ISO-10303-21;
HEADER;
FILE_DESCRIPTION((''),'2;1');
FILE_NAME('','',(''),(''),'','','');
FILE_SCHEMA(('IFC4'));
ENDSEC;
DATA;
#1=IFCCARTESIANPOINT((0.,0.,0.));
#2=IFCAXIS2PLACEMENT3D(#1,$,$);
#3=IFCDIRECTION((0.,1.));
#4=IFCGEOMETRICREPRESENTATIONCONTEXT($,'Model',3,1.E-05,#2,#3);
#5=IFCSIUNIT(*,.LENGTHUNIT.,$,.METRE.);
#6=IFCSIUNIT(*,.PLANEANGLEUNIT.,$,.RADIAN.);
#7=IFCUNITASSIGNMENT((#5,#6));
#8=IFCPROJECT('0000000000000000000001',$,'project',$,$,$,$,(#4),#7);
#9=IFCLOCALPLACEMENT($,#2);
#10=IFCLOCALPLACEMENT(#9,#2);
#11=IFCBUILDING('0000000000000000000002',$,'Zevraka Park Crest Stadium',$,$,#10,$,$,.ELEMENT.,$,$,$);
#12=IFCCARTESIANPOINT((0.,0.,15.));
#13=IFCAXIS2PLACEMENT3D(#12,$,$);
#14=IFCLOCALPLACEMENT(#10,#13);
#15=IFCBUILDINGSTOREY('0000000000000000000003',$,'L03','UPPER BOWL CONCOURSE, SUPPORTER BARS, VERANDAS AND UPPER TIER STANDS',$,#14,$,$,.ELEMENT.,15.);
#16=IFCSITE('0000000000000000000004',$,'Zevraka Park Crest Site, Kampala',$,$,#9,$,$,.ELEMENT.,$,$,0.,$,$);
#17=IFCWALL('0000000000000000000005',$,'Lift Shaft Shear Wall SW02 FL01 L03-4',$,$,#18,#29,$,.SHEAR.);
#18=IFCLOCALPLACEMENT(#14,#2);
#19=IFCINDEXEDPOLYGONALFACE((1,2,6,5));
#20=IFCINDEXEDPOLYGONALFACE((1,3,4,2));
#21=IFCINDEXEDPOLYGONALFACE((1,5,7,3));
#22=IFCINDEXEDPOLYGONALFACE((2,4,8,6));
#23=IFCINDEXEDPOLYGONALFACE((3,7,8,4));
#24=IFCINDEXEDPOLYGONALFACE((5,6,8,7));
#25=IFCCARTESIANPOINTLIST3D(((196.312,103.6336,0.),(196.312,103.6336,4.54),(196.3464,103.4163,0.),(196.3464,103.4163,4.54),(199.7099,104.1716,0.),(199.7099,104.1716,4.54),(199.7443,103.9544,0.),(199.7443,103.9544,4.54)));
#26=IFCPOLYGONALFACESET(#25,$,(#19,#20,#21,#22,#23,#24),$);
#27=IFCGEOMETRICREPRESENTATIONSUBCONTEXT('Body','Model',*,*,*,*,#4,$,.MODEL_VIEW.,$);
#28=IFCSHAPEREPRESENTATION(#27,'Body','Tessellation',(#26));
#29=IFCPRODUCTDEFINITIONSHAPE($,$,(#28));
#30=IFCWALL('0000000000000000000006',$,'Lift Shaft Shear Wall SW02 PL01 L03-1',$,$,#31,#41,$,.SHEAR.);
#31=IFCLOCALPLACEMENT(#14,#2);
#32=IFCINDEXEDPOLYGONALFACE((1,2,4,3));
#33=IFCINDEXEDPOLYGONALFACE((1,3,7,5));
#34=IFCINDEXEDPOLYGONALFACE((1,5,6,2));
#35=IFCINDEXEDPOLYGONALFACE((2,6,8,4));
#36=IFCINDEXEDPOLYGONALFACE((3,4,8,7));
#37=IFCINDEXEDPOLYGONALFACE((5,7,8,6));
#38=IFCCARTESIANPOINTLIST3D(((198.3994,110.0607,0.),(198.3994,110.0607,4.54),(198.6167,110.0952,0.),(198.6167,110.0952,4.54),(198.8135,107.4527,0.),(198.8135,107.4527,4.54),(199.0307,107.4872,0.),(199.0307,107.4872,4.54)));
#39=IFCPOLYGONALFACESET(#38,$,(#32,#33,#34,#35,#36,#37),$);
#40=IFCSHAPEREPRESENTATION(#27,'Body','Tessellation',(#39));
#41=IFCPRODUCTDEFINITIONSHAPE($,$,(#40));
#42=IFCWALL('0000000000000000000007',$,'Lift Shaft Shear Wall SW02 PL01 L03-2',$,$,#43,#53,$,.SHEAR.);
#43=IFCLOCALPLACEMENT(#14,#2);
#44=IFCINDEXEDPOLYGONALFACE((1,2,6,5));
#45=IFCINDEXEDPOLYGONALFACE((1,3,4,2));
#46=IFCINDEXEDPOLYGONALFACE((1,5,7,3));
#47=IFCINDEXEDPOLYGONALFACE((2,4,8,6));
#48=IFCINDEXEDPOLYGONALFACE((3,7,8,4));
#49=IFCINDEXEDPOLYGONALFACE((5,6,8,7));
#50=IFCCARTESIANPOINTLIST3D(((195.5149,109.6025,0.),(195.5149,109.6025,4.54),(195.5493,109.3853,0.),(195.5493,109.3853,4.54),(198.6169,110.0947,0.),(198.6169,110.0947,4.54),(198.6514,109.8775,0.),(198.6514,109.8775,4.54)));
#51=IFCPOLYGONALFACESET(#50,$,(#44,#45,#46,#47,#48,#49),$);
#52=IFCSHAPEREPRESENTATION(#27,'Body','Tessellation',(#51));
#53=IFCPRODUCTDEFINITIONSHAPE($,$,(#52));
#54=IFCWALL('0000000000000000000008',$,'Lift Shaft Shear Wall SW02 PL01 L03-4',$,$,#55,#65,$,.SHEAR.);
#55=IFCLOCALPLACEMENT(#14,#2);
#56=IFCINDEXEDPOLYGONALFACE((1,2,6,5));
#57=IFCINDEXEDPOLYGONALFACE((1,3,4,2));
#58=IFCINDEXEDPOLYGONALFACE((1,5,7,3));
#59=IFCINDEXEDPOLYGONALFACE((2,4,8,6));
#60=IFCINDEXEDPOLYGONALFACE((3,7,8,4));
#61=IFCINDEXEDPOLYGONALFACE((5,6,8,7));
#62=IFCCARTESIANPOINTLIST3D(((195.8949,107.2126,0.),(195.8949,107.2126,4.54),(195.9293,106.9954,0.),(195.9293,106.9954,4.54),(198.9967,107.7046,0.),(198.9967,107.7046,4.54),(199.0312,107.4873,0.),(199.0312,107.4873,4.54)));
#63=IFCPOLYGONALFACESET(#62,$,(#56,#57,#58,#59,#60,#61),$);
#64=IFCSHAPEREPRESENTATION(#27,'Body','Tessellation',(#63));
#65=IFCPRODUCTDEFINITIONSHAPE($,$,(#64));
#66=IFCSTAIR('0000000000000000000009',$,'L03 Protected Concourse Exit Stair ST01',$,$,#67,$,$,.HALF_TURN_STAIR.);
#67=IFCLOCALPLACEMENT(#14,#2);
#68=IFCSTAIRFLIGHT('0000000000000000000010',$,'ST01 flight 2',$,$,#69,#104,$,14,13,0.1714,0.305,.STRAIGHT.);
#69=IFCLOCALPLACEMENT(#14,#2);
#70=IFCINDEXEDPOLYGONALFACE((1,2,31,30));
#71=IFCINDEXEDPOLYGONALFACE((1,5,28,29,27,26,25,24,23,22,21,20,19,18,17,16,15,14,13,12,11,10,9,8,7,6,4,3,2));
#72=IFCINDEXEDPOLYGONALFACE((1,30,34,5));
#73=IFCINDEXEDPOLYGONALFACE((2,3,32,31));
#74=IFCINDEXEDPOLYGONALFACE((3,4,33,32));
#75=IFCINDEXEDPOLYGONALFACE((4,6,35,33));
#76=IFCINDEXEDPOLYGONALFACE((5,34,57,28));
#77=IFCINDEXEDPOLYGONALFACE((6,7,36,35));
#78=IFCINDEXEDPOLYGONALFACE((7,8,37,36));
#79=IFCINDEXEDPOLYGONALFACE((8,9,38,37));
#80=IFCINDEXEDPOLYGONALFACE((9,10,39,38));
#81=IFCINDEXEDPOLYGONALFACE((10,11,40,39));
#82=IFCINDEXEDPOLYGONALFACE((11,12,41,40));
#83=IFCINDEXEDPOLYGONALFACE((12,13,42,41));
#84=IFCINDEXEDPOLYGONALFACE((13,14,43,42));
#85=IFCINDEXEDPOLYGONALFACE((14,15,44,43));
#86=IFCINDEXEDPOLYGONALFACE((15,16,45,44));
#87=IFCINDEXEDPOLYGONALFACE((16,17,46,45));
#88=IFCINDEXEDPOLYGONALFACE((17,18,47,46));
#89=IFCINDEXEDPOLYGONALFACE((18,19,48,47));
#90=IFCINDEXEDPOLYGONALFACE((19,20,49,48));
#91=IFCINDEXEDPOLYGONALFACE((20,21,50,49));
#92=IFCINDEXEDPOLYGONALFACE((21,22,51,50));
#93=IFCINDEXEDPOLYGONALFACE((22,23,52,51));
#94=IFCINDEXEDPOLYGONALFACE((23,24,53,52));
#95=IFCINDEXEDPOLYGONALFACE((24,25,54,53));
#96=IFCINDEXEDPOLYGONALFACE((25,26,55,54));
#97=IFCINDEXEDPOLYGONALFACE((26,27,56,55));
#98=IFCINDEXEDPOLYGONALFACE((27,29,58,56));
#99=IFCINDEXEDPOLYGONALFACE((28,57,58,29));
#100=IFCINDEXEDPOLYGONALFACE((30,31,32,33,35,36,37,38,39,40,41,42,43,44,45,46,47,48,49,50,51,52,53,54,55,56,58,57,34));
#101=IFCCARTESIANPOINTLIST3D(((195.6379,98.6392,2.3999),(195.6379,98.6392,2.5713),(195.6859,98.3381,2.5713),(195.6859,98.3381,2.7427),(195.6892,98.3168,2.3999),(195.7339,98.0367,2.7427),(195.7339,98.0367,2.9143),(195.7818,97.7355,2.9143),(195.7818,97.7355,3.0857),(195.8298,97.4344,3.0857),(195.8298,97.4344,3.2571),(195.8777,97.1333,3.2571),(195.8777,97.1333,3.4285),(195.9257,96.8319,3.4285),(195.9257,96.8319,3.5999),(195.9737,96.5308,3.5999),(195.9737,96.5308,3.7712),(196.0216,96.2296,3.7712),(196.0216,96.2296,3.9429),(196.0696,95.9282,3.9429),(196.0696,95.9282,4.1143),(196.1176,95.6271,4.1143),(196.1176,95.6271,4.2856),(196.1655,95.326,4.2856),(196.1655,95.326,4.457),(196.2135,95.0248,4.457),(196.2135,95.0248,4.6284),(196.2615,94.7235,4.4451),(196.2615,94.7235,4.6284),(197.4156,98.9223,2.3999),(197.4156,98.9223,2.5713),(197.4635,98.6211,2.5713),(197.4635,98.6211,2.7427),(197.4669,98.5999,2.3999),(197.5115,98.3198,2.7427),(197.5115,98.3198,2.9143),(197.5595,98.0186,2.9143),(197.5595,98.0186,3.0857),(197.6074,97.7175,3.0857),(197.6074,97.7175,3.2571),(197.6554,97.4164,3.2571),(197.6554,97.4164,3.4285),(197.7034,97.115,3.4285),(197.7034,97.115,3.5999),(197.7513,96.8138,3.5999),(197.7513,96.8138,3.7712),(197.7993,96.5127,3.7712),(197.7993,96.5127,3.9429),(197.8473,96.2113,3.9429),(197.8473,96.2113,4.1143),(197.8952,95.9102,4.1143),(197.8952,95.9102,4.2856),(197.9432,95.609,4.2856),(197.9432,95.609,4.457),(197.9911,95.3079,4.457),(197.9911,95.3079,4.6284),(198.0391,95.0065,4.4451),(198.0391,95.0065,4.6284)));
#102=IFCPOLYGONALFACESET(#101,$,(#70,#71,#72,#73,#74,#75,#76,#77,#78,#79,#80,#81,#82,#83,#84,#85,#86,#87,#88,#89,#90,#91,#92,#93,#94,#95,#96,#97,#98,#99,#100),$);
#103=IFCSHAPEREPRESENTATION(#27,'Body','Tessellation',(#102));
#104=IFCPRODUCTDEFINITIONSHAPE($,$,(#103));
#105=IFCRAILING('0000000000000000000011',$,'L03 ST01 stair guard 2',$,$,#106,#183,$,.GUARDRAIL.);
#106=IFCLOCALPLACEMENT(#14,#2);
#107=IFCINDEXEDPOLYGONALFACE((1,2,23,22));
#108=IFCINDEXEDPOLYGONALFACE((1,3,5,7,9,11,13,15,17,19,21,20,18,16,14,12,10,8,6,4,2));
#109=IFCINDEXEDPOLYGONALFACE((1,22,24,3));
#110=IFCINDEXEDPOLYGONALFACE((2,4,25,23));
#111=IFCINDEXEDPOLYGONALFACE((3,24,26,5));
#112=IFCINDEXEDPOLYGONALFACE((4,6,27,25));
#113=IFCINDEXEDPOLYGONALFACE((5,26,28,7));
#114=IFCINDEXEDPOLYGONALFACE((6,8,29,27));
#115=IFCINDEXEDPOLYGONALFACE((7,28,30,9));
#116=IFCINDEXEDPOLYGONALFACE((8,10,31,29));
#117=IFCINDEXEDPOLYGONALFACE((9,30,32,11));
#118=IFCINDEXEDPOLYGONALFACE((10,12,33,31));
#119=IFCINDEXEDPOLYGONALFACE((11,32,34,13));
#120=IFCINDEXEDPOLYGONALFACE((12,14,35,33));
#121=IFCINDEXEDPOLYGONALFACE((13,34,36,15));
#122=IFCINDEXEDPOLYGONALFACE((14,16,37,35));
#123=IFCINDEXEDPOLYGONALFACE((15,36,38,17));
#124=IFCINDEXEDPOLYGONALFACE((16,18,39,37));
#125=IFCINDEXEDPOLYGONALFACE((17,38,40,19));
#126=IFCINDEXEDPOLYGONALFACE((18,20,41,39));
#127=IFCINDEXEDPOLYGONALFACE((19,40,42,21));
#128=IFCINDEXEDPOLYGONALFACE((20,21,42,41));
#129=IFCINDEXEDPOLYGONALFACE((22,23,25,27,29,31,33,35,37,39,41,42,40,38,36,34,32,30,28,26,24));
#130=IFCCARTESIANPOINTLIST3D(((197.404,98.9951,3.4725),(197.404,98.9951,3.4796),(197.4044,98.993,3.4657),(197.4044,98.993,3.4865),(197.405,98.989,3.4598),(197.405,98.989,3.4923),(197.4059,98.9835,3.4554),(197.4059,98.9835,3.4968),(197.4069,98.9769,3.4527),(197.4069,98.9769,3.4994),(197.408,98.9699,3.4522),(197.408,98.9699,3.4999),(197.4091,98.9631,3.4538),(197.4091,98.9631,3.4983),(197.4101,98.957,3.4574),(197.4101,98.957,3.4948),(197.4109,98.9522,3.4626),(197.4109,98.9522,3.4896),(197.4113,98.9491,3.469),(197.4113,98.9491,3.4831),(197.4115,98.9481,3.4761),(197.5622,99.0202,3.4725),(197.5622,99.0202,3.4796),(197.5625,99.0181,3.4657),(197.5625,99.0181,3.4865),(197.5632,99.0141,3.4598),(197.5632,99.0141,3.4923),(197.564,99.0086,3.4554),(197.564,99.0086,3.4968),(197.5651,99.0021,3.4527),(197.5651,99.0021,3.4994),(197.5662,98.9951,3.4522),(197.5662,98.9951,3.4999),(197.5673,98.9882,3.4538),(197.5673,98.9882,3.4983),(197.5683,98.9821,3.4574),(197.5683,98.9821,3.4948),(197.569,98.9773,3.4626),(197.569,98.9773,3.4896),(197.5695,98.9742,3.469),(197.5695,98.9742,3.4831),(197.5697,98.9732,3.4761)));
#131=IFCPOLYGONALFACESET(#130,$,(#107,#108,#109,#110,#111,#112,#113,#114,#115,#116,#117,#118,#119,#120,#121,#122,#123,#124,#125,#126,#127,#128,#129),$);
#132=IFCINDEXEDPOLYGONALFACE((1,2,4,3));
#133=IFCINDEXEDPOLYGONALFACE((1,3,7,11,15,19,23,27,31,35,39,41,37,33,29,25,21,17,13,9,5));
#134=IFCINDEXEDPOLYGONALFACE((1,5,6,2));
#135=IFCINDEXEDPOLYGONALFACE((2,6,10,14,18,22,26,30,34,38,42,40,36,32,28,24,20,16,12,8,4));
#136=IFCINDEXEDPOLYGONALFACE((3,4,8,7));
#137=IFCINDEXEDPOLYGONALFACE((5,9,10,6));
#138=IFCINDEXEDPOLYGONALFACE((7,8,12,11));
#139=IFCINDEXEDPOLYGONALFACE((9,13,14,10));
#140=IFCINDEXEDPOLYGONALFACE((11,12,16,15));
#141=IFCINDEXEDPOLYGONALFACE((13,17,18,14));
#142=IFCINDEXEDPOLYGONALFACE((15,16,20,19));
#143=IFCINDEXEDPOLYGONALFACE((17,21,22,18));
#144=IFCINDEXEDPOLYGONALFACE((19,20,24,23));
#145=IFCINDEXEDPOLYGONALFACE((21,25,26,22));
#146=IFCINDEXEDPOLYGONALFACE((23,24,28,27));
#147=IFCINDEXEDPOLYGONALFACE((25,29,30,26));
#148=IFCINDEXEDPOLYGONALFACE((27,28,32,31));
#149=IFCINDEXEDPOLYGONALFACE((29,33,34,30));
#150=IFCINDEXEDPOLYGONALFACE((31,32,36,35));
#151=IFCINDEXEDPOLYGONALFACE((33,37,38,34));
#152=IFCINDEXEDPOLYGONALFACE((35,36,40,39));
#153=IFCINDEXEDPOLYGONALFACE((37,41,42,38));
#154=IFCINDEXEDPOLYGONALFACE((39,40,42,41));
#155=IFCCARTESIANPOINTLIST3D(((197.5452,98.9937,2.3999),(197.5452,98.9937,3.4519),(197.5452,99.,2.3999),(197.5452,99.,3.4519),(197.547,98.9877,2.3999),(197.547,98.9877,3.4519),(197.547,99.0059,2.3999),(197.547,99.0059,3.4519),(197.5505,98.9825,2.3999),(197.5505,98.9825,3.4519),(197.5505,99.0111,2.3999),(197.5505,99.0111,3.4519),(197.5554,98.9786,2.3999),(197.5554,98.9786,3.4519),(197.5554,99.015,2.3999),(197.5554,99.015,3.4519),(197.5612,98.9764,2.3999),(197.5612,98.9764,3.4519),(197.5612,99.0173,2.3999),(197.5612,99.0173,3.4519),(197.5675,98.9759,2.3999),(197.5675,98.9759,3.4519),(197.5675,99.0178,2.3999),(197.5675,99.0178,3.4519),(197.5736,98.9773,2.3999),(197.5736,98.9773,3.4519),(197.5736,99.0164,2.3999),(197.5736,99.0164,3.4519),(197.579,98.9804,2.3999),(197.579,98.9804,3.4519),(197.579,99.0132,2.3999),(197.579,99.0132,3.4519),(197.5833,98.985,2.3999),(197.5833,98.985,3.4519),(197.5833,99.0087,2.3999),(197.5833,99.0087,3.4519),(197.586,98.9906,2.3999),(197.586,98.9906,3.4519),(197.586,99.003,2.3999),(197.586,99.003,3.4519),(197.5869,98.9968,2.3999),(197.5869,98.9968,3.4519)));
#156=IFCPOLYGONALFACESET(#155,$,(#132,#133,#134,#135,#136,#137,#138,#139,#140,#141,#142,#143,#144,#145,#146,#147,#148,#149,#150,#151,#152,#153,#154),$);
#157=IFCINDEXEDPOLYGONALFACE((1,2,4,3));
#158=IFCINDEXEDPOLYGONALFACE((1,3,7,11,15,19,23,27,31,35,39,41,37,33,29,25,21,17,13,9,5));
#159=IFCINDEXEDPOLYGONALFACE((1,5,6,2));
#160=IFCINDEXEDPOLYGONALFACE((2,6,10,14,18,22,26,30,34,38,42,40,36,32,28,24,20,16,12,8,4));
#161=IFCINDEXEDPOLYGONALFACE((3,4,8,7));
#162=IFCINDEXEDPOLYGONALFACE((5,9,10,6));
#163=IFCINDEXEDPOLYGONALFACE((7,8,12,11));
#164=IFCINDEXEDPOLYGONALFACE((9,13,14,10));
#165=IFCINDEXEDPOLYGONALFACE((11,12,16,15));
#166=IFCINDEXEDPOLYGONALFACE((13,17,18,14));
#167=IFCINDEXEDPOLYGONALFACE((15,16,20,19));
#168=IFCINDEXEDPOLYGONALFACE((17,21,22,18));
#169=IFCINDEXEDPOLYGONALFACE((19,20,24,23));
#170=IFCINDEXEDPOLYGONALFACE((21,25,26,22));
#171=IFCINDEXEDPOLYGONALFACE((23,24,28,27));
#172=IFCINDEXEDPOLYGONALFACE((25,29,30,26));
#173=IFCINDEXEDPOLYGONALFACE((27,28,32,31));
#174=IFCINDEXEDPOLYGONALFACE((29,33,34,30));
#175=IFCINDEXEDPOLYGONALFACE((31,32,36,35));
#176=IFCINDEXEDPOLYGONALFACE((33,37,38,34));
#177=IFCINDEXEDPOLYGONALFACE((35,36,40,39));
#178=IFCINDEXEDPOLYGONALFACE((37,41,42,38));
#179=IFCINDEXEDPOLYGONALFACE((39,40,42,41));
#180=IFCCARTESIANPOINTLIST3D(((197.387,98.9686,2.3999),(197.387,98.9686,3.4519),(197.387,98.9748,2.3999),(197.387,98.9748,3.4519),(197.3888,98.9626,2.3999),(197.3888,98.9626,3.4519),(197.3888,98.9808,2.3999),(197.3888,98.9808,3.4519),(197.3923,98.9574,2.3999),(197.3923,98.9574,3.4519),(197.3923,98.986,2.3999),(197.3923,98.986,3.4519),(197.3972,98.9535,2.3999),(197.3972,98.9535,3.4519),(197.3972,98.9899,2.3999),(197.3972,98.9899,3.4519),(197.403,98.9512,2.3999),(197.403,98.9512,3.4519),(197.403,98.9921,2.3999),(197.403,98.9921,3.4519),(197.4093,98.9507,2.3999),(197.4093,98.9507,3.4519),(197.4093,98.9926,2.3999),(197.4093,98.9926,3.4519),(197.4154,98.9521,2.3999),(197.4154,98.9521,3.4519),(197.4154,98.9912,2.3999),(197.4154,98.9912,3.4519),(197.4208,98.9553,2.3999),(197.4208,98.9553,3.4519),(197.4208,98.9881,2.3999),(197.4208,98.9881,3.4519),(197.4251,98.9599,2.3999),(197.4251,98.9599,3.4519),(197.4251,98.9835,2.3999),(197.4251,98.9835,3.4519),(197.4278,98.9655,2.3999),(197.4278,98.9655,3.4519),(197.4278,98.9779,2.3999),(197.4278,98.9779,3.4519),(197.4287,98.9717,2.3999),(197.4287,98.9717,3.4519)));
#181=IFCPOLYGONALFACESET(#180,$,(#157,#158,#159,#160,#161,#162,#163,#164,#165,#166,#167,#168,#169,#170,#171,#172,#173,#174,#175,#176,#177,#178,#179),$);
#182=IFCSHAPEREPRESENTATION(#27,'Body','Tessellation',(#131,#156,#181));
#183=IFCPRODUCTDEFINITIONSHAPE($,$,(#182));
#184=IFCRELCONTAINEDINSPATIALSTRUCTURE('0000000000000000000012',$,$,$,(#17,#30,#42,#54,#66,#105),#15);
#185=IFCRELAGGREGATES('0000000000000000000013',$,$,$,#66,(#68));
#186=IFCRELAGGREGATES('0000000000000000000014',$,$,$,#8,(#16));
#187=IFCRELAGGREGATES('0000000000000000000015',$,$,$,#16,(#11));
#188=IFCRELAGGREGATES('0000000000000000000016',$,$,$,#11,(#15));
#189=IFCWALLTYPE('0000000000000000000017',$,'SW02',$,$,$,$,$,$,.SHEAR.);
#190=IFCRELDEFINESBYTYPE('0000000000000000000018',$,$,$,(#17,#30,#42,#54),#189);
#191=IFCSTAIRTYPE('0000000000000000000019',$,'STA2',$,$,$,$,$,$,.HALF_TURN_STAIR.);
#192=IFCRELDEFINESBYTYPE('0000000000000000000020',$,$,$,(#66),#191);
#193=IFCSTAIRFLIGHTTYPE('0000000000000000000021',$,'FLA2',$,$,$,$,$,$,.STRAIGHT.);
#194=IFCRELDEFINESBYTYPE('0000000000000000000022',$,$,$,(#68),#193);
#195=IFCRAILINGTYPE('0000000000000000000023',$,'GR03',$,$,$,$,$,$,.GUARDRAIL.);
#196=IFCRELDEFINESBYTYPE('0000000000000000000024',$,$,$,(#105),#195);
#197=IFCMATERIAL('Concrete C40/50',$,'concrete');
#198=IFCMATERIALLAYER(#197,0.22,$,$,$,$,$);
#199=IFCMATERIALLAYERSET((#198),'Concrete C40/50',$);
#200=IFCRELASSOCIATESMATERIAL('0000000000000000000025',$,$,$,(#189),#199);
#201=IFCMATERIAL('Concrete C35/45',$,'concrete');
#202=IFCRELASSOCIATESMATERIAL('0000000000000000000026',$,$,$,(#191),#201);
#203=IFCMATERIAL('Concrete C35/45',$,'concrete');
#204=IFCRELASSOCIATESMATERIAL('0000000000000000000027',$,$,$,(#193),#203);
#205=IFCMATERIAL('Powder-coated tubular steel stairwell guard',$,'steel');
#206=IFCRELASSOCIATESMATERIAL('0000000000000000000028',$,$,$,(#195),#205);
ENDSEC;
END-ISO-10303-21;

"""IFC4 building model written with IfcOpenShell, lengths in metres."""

from ifc_helpers import new_model, si_unit, direction, frame, frame_2d, origin, origin_2d, place, context, subcontext, project, spatial, polyline, rectangle, circle, outline, extrude, material, layer, layer_set, type_object, element, aggregate, save


model = new_model("IFC4")

# Units and contexts
model_context = context("Model", 3, precision=1e-05, world=origin(), true_north=direction((0.0, 1.0)))
body_context = subcontext(model_context, "Body", "Model", "MODEL_VIEW")
ifc_project = project(units=[si_unit("LENGTHUNIT", "METRE"), si_unit("PLANEANGLEUNIT", "RADIAN")], contexts=[model_context])

# Site, building, storey
site_placement = place(None, origin())
site = spatial("IfcSite", under=ifc_project, at=site_placement, Name="Zevraka Park Crest Site, Kampala", CompositionType="ELEMENT", RefElevation=0.0)
building_placement = place(site_placement, origin())
building = spatial("IfcBuilding", under=site, at=building_placement, Name="Zevraka Park Crest Stadium", CompositionType="ELEMENT")
storey_placement = place(building_placement, frame((0.0, 0.0, 15.0)))
storey = spatial("IfcBuildingStorey", under=building, at=storey_placement, Name="L03", Description="UPPER BOWL CONCOURSE, SUPPORTER BARS, VERANDAS AND UPPER TIER STANDS", CompositionType="ELEMENT", Elevation=15.0)

# Shared definitions
ifc_material_1 = material(Name="Concrete C40/50", Category="concrete")
ifc_layer_1 = layer(ifc_material_1, 0.22)
ifc_layer_set_1 = layer_set([ifc_layer_1], Name="Concrete C40/50")
wall_type_1 = type_object("IfcWallType", Name="SW02", PredefinedType="SHEAR", material=ifc_layer_set_1)

# Walls
wall_1_placement = place(storey_placement, frame((196.3291, 103.5249, 0.0), z_axis=(0.0, 0.0, 1.0), x_axis=(0.987693, 0.156407, 0.0)))
element("IfcWall", 1, at=wall_1_placement, inside=storey, type_object=wall_type_1, Name="Lift Shaft Shear Wall SW02 FL01 L03-4", PredefinedType="SHEAR", context=body_context, shape_type="SweptSolid", body=[
    extrude(rectangle(XDim=3.4402, YDim=0.22, at=frame_2d((1.7202, 0.0))), origin(), (0.0, 0.0, 1.0), 4.54),
])
wall_2_placement = place(storey_placement, frame((198.9221, 107.47, 0.0), z_axis=(0.0, 0.0, 1.0), x_axis=(-0.156808, 0.987629, 0.0)))
element("IfcWall", 2, at=wall_2_placement, inside=storey, type_object=wall_type_1, Name="Lift Shaft Shear Wall SW02 PL01 L03-1", PredefinedType="SHEAR", context=body_context, shape_type="SweptSolid", body=[
    extrude(rectangle(XDim=2.6406, YDim=0.22, at=frame_2d((1.3203, 0.0))), origin(), (0.0, 0.0, 1.0), 4.54),
])
wall_3_placement = place(storey_placement, frame((198.634, 109.9861, 0.0), z_axis=(0.0, 0.0, 1.0), x_axis=(-0.987645, -0.156705, 0.0)))
element("IfcWall", 3, at=wall_3_placement, inside=storey, type_object=wall_type_1, Name="Lift Shaft Shear Wall SW02 PL01 L03-2", PredefinedType="SHEAR", context=body_context, shape_type="SweptSolid", body=[
    extrude(rectangle(XDim=3.1409, YDim=0.22, at=frame_2d((1.5703, 0.0))), origin(), (0.0, 0.0, 1.0), 4.54),
])
wall_4_placement = place(storey_placement, frame((195.9121, 107.104, 0.0), z_axis=(0.0, 0.0, 1.0), x_axis=(0.987656, 0.156641, 0.0)))
element("IfcWall", 4, at=wall_4_placement, inside=storey, type_object=wall_type_1, Name="Lift Shaft Shear Wall SW02 PL01 L03-4", PredefinedType="SHEAR", context=body_context, shape_type="SweptSolid", body=[
    extrude(rectangle(XDim=3.1406, YDim=0.22, at=frame_2d((1.5703, 0.0))), origin(), (0.0, 0.0, 1.0), 4.54),
])

# Stair, stair flight
ifc_material_2 = material(Name="Concrete C35/45", Category="concrete")
stair_type = type_object("IfcStairType", Name="STA2", PredefinedType="HALF_TURN_STAIR", material=ifc_material_2)
stair_placement = place(storey_placement, origin())
stair = element("IfcStair", 5, at=stair_placement, inside=storey, type_object=stair_type, Name="L03 Protected Concourse Exit Stair ST01", PredefinedType="HALF_TURN_STAIR")
ifc_material_3 = material(Name="Concrete C35/45", Category="concrete")
stair_flight_type = type_object("IfcStairFlightType", Name="FLA2", PredefinedType="STRAIGHT", material=ifc_material_3)
stair_flight_placement = place(storey_placement, frame((196.5269, 98.7808, 2.3999), z_axis=(0.0, 0.0, 1.0), x_axis=(0.157262, -0.987557, 0.0)))
stair_flight = element("IfcStairFlight", 6, at=stair_flight_placement, type_object=stair_flight_type, Name="ST01 flight 2", NumberOfRisers=14, NumberOfTreads=13, PredefinedType="STRAIGHT", RiserHeight=0.1714, TreadLength=0.305, context=body_context, shape_type="SweptSolid", body=[
    extrude(outline(polyline([(0.0, 0.0), (0.0, 0.1714), (0.3049, 0.1714), (0.3049, 0.3428), (0.6101, 0.3428), (0.6101, 0.5144), (0.915, 0.5144), (0.915, 0.6858), (1.22, 0.6858), (1.22, 0.8572), (1.5249, 0.8572), (1.5249, 1.0286), (1.8301, 1.0286), (1.8301, 1.2), (2.135, 1.2), (2.135, 1.3713), (2.4399, 1.3713), (2.4399, 1.543), (2.7451, 1.543), (2.7451, 1.7144), (3.05, 1.7144), (3.05, 1.8857), (3.355, 1.8857), (3.355, 2.0571), (3.6599, 2.0571), (3.6599, 2.2285), (3.9651, 2.2285), (3.9651, 2.3999), (3.9651, 2.0452), (0.3264, 0.0), (0.0, 0.0)])), frame((0.0, 0.8999, 0.0), z_axis=(0.0, -1.0, 0.0), x_axis=(1.0, 0.0, 0.0)), (0.0, 0.0, 1.0), 1.8),
])
aggregate(stair, [stair_flight])

# Railing
ifc_material_4 = material(Name="Powder-coated tubular steel stairwell guard", Category="steel")
railing_type = type_object("IfcRailingType", Name="GR03", PredefinedType="GUARDRAIL", material=ifc_material_4)
railing_1_placement = place(storey_placement, frame((197.5659, 98.9968, 2.3999)))
element("IfcRailing", 7, at=railing_1_placement, inside=storey, type_object=railing_type, Name="L03 ST01 stair guard 2", PredefinedType="GUARDRAIL", context=body_context, shape_type="SweptSolid", body=[
    extrude(circle(Radius=0.0239, at=origin_2d()), frame((0.0, 0.0, 1.0762), z_axis=(-0.987602, -0.15698, 0.0), x_axis=(0.15698, -0.987602, 0.0)), (0.0, 0.0, 1.0), 0.1602),
    extrude(circle(Radius=0.021, at=origin_2d()), origin(), (0.0, 0.0, 1.0), 1.052),
    extrude(circle(Radius=0.021, at=origin_2d()), frame((-0.1582, -0.0251, 0.0)), (0.0, 0.0, 1.0), 1.052),
])

save(model, "model.ifc")
